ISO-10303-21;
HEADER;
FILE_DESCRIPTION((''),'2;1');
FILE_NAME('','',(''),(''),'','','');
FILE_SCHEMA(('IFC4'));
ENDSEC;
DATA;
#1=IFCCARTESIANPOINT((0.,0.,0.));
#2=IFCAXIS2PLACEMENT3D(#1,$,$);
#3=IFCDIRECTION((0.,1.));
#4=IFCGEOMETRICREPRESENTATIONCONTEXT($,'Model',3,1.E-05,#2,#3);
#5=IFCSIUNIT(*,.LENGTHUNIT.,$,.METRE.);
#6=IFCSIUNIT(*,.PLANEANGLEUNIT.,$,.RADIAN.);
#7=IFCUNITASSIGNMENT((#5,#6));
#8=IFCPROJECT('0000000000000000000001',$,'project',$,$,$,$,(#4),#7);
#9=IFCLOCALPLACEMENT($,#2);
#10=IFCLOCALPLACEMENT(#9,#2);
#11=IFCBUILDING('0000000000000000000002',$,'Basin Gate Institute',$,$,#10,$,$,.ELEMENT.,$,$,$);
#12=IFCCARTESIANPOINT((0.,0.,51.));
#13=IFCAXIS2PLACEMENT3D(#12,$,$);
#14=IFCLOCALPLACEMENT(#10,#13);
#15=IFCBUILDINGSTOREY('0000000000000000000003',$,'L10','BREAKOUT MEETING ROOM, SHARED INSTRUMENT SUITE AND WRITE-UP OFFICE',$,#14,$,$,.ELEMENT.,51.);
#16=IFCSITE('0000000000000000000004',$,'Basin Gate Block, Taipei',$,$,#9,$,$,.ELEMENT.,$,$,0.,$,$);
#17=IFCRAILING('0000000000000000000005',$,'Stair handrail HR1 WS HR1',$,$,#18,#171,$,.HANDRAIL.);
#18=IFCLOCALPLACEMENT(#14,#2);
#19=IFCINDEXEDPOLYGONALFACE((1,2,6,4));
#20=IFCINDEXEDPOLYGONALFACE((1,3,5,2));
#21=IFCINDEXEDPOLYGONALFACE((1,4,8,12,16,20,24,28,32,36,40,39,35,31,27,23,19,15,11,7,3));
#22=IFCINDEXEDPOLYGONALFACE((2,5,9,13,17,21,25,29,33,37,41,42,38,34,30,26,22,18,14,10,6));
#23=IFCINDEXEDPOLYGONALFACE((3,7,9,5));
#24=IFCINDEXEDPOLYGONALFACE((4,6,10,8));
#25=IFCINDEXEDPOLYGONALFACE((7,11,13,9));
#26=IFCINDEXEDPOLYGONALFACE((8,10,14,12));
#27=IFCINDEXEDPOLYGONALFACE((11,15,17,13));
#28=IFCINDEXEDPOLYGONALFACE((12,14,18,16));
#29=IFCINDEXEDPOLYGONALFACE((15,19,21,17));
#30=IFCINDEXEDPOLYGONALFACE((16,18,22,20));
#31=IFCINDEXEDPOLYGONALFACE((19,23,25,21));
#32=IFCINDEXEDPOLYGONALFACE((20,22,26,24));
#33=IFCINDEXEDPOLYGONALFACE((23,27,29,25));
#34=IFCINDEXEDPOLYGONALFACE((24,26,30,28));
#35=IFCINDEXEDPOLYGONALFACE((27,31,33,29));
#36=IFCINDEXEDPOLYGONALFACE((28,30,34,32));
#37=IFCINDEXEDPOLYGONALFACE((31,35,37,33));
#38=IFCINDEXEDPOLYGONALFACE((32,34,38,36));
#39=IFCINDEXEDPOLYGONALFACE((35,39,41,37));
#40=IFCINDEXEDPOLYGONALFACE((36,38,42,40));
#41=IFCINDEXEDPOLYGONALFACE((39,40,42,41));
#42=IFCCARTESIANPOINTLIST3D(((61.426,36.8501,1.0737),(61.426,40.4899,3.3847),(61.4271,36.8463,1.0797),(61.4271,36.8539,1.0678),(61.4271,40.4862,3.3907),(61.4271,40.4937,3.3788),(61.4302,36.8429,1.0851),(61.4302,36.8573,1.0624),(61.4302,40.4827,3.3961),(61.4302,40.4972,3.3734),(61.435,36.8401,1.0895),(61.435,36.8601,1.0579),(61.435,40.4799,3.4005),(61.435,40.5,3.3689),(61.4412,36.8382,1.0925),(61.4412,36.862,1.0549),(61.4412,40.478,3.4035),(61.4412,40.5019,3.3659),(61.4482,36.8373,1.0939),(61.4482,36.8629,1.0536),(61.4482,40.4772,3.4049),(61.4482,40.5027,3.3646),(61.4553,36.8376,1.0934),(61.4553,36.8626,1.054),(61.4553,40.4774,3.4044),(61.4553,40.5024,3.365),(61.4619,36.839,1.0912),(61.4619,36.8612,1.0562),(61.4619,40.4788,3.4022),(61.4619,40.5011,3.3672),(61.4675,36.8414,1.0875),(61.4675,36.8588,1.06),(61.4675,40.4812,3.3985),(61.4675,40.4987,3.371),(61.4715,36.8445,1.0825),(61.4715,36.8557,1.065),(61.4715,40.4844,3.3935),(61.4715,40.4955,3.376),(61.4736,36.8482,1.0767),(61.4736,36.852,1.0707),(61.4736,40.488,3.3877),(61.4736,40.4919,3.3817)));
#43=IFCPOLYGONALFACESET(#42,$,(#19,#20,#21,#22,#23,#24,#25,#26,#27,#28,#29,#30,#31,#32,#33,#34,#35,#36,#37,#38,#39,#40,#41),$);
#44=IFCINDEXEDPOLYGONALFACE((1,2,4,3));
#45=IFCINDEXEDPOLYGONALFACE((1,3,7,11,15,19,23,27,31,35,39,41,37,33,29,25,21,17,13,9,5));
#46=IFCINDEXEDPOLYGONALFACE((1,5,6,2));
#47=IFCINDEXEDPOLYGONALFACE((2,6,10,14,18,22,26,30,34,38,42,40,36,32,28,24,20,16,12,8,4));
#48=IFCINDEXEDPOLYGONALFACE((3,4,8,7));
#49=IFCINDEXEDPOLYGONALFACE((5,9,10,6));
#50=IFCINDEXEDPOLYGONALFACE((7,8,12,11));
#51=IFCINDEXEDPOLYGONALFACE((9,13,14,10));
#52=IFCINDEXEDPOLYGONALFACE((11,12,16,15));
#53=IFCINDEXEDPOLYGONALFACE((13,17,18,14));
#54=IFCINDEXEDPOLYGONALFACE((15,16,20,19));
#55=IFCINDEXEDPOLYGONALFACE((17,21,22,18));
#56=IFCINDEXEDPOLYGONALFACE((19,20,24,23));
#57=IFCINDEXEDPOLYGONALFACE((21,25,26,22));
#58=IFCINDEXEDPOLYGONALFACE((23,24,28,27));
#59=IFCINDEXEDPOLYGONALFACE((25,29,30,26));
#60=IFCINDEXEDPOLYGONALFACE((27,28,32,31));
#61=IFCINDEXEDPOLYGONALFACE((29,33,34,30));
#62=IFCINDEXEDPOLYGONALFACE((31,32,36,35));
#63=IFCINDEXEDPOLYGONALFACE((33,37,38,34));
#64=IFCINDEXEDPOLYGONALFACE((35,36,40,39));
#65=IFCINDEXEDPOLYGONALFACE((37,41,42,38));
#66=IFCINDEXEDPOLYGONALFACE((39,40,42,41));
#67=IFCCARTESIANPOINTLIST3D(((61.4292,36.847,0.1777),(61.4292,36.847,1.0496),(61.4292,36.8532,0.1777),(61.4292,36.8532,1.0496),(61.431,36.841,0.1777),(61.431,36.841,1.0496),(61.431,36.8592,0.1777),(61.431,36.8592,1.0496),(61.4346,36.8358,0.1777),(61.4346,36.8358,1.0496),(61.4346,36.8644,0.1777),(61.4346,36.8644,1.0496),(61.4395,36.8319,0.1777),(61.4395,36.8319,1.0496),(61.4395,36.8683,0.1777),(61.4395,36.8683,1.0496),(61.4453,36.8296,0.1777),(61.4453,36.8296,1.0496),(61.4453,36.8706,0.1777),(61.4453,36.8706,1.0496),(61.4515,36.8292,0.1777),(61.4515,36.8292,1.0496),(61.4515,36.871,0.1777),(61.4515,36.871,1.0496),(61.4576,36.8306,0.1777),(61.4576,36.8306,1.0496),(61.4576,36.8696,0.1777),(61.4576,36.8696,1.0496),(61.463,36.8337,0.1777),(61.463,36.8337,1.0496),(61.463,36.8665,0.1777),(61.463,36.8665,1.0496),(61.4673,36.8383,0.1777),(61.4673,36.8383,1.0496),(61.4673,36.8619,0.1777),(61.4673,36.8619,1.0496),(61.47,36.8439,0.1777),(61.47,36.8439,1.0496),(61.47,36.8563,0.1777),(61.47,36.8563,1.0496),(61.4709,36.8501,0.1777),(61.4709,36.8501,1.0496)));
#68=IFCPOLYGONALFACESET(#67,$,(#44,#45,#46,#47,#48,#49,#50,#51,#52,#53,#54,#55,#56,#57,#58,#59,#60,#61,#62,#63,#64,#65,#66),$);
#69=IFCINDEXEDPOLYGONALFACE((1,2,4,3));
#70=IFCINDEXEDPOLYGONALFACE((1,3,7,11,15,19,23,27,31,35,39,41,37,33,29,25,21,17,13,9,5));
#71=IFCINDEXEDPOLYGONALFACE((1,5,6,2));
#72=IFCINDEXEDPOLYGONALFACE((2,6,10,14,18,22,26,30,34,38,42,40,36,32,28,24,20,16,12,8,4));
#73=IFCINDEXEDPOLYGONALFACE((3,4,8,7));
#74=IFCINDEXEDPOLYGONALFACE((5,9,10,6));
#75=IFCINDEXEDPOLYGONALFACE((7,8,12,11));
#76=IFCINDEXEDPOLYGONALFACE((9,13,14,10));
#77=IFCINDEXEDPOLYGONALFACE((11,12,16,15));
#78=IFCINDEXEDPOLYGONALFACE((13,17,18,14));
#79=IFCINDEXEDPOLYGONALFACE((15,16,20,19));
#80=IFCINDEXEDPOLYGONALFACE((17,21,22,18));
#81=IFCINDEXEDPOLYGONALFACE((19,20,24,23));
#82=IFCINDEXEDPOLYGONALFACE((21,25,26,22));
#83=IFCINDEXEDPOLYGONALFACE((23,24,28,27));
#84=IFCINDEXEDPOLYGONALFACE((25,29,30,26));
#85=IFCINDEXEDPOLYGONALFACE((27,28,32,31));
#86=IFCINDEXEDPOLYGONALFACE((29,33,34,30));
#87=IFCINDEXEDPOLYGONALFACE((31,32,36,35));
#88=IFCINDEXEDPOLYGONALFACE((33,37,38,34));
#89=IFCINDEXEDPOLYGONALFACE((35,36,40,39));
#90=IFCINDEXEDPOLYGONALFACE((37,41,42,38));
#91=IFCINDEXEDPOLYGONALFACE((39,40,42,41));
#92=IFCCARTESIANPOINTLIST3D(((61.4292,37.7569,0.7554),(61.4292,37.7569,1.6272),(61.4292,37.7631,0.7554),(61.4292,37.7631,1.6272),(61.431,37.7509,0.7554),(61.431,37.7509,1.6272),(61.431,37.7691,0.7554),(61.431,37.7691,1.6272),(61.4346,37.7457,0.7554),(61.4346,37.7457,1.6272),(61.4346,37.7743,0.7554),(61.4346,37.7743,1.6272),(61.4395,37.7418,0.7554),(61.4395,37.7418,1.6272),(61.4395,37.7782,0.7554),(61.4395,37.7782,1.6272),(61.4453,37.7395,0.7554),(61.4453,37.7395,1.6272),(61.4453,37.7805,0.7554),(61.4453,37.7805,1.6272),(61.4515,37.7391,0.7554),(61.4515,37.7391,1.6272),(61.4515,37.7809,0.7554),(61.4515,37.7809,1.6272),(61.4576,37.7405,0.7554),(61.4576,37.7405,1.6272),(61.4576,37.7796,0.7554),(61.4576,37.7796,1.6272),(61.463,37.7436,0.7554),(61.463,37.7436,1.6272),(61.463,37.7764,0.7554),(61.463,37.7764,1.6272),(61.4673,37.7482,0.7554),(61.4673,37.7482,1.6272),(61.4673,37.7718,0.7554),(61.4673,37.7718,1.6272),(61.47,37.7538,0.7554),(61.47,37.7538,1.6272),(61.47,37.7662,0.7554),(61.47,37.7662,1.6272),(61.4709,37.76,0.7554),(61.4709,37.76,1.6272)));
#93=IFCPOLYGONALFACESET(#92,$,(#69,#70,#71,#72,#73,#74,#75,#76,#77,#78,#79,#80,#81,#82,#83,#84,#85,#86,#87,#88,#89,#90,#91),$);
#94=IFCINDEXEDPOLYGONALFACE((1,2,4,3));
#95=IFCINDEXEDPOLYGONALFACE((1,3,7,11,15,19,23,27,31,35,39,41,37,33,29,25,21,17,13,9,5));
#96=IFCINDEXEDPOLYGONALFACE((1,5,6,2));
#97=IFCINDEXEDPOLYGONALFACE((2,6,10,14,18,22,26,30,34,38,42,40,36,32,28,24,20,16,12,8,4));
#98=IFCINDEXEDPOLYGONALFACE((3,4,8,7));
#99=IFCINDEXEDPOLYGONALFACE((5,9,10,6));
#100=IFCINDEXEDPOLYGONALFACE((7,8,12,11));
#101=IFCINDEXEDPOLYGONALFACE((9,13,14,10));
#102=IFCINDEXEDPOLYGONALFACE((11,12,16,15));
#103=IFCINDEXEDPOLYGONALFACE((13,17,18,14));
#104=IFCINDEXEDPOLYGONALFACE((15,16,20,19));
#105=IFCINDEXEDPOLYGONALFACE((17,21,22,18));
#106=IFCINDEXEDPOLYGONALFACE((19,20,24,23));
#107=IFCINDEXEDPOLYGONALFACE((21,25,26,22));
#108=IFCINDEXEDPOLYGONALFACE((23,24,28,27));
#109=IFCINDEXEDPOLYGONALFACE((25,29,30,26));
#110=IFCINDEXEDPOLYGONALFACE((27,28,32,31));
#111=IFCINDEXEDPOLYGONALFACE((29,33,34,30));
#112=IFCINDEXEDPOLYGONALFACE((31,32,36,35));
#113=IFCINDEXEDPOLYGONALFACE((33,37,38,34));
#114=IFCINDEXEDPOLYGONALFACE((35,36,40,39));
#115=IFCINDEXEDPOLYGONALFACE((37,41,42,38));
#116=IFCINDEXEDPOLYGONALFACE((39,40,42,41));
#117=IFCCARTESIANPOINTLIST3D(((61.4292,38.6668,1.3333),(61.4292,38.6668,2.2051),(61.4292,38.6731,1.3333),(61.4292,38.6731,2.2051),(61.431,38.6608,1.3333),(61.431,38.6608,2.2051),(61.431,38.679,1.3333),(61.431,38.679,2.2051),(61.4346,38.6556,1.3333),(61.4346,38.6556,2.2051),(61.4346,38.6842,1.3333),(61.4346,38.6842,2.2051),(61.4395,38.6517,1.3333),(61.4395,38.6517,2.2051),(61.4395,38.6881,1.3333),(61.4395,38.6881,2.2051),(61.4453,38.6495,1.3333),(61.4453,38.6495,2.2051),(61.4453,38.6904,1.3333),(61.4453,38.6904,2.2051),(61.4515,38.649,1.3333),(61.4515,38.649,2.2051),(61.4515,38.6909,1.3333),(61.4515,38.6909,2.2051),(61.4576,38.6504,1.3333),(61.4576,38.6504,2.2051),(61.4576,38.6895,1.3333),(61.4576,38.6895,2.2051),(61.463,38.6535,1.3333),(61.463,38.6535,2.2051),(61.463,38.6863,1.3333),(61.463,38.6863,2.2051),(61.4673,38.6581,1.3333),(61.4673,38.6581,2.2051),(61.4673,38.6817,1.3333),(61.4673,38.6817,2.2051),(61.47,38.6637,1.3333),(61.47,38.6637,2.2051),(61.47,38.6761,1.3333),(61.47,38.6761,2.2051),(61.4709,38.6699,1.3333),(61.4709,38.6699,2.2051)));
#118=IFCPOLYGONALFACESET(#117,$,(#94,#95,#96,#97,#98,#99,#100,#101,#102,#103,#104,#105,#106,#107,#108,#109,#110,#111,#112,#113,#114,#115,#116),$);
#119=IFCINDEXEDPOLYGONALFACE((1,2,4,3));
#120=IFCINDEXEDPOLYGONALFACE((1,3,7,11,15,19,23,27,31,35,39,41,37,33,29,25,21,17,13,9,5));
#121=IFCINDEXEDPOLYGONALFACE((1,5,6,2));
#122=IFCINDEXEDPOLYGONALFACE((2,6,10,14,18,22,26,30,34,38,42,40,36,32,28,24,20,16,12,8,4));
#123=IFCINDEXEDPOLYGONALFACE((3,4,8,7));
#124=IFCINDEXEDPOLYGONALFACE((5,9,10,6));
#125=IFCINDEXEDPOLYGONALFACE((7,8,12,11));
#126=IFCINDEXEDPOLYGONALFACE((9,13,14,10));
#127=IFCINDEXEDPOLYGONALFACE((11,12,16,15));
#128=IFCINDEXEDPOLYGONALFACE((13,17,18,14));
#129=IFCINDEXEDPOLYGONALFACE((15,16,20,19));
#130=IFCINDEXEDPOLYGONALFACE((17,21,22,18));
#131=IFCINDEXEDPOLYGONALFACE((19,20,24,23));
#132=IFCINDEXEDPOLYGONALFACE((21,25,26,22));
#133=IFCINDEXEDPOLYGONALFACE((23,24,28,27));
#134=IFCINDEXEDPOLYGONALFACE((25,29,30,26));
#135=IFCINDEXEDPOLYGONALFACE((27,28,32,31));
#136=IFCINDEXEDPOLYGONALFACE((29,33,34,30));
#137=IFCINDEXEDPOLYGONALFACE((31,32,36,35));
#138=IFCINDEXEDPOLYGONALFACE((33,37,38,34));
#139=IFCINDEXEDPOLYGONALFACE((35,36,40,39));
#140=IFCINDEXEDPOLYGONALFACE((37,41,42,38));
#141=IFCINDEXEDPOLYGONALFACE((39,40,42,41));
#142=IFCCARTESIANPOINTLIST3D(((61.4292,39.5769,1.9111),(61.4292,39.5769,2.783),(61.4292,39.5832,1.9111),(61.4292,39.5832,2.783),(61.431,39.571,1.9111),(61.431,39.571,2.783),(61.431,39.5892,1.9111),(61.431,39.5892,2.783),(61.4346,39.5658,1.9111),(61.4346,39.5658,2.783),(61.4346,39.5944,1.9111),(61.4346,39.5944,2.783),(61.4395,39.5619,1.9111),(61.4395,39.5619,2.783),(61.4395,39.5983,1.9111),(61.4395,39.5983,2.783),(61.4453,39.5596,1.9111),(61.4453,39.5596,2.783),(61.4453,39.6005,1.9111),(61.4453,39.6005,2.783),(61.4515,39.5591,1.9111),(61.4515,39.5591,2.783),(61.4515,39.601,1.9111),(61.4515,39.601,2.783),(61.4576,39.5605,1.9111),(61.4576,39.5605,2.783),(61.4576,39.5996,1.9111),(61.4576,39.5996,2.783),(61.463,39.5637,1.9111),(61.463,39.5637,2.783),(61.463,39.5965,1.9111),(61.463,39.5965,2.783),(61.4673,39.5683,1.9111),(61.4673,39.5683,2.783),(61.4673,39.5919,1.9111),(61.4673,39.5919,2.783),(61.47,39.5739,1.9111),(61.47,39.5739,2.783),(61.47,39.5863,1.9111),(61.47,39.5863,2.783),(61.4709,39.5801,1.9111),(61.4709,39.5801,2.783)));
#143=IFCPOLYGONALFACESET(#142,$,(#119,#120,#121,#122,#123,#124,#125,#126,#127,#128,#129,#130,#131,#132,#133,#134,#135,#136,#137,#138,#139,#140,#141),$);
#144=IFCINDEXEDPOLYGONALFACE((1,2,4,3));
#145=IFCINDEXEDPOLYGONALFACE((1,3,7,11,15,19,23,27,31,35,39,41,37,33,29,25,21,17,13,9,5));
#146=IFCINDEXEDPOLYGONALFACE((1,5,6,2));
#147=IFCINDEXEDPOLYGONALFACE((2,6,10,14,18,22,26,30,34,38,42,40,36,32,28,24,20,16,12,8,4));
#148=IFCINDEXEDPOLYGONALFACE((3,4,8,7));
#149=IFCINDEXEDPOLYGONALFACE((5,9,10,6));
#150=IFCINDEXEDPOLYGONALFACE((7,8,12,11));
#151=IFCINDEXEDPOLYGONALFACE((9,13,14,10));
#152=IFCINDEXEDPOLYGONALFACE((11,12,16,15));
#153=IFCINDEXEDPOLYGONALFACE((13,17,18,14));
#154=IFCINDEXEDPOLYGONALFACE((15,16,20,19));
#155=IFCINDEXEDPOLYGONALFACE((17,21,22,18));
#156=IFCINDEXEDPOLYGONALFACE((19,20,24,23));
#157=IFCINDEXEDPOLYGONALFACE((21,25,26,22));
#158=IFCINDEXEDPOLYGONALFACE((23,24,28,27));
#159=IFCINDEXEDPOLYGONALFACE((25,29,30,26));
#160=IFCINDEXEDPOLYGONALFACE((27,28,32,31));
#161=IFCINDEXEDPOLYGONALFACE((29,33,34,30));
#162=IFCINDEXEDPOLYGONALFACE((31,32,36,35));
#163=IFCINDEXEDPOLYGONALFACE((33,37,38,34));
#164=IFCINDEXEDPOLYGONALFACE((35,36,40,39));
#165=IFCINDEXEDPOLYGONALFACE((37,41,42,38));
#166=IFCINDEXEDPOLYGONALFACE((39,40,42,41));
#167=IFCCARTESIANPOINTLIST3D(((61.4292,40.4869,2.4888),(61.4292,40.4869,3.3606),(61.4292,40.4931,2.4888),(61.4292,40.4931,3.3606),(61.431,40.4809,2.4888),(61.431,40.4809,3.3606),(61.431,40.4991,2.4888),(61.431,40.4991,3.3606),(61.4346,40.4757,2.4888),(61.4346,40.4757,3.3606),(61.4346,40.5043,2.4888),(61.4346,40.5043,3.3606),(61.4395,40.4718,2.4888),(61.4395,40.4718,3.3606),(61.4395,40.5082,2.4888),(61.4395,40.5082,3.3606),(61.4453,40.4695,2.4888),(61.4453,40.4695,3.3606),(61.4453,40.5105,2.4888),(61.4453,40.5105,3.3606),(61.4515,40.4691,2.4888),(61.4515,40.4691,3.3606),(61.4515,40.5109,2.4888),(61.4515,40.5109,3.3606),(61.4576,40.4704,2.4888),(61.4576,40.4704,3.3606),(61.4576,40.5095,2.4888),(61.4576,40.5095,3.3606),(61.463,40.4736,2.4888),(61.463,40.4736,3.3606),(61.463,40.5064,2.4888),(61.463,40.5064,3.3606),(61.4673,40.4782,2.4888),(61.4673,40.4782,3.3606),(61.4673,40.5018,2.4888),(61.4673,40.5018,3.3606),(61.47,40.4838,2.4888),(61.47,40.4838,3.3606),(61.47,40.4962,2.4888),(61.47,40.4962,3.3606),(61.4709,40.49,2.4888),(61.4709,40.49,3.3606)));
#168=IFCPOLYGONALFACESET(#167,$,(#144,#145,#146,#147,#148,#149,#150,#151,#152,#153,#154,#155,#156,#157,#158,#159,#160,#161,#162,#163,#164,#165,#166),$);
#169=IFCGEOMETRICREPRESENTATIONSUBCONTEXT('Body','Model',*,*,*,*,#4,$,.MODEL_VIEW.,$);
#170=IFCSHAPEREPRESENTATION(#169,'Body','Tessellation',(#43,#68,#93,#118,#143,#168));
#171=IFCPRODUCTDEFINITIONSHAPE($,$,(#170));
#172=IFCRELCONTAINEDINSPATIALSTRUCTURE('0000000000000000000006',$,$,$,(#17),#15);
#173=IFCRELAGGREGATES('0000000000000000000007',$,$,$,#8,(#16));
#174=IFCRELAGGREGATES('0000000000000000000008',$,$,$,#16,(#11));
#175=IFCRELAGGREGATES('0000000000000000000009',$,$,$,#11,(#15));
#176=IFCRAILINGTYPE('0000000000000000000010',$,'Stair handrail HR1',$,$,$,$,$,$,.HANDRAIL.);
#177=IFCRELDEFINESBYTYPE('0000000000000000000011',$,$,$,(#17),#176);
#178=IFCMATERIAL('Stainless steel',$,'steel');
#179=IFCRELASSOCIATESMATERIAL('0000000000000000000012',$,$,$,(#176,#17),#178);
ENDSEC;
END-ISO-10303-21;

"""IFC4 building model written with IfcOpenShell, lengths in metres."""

from ifc_helpers import new_model, si_unit, direction, frame, origin, origin_2d, place, context, subcontext, project, spatial, circle, extrude, material, type_object, element, save


model = new_model("IFC4")

# Units and contexts
model_context = context("Model", 3, precision=1e-05, world=origin(), true_north=direction((0.0, 1.0)))
body_context = subcontext(model_context, "Body", "Model", "MODEL_VIEW")
ifc_project = project(units=[si_unit("LENGTHUNIT", "METRE"), si_unit("PLANEANGLEUNIT", "RADIAN")], contexts=[model_context])

# Site, building, storey
site_placement = place(None, origin())
site = spatial("IfcSite", under=ifc_project, at=site_placement, Name="Basin Gate Block, Taipei", CompositionType="ELEMENT", RefElevation=0.0)
building_placement = place(site_placement, origin())
building = spatial("IfcBuilding", under=site, at=building_placement, Name="Basin Gate Institute", CompositionType="ELEMENT")
storey_placement = place(building_placement, frame((0.0, 0.0, 51.0)))
storey = spatial("IfcBuildingStorey", under=building, at=storey_placement, Name="L10", Description="BREAKOUT MEETING ROOM, SHARED INSTRUMENT SUITE AND WRITE-UP OFFICE", CompositionType="ELEMENT", Elevation=51.0)

# Railing
ifc_material_1 = material(Name="Stainless steel", Category="steel")
railing_type_1 = type_object("IfcRailingType", Name="Stair handrail HR1", PredefinedType="HANDRAIL", material=ifc_material_1)
for number, where, name in (
    (1, (61.45, 36.8501, 0.1777), "Stair handrail HR1 WS HR1"),
):
    element("IfcRailing", number, at=place(storey_placement, frame(where)), inside=storey, type_object=railing_type_1, material=ifc_material_1, Name=name, PredefinedType="HANDRAIL", context=body_context, shape_type="SweptSolid", body=[
        extrude(circle(Radius=0.0239, at=origin_2d()), frame((0.0, 0.0, 0.896), z_axis=(0.0, 0.844214, 0.536007), x_axis=(-1.0, 0.0, 0.0)), (0.0, 0.0, 1.0), 4.3115),
        extrude(circle(Radius=0.021, at=origin_2d()), origin(), (0.0, 0.0, 1.0), 0.8718),
        extrude(circle(Radius=0.021, at=origin_2d()), frame((0.0, 0.9099, 0.5776)), (0.0, 0.0, 1.0), 0.8718),
        extrude(circle(Radius=0.021, at=origin_2d()), frame((0.0, 1.8198, 1.1555)), (0.0, 0.0, 1.0), 0.8718),
        extrude(circle(Radius=0.021, at=origin_2d()), frame((0.0, 2.73, 1.7334)), (0.0, 0.0, 1.0), 0.8718),
        extrude(circle(Radius=0.021, at=origin_2d()), frame((0.0, 3.6399, 2.311)), (0.0, 0.0, 1.0), 0.8718),
    ])

save(model, "model.ifc")
